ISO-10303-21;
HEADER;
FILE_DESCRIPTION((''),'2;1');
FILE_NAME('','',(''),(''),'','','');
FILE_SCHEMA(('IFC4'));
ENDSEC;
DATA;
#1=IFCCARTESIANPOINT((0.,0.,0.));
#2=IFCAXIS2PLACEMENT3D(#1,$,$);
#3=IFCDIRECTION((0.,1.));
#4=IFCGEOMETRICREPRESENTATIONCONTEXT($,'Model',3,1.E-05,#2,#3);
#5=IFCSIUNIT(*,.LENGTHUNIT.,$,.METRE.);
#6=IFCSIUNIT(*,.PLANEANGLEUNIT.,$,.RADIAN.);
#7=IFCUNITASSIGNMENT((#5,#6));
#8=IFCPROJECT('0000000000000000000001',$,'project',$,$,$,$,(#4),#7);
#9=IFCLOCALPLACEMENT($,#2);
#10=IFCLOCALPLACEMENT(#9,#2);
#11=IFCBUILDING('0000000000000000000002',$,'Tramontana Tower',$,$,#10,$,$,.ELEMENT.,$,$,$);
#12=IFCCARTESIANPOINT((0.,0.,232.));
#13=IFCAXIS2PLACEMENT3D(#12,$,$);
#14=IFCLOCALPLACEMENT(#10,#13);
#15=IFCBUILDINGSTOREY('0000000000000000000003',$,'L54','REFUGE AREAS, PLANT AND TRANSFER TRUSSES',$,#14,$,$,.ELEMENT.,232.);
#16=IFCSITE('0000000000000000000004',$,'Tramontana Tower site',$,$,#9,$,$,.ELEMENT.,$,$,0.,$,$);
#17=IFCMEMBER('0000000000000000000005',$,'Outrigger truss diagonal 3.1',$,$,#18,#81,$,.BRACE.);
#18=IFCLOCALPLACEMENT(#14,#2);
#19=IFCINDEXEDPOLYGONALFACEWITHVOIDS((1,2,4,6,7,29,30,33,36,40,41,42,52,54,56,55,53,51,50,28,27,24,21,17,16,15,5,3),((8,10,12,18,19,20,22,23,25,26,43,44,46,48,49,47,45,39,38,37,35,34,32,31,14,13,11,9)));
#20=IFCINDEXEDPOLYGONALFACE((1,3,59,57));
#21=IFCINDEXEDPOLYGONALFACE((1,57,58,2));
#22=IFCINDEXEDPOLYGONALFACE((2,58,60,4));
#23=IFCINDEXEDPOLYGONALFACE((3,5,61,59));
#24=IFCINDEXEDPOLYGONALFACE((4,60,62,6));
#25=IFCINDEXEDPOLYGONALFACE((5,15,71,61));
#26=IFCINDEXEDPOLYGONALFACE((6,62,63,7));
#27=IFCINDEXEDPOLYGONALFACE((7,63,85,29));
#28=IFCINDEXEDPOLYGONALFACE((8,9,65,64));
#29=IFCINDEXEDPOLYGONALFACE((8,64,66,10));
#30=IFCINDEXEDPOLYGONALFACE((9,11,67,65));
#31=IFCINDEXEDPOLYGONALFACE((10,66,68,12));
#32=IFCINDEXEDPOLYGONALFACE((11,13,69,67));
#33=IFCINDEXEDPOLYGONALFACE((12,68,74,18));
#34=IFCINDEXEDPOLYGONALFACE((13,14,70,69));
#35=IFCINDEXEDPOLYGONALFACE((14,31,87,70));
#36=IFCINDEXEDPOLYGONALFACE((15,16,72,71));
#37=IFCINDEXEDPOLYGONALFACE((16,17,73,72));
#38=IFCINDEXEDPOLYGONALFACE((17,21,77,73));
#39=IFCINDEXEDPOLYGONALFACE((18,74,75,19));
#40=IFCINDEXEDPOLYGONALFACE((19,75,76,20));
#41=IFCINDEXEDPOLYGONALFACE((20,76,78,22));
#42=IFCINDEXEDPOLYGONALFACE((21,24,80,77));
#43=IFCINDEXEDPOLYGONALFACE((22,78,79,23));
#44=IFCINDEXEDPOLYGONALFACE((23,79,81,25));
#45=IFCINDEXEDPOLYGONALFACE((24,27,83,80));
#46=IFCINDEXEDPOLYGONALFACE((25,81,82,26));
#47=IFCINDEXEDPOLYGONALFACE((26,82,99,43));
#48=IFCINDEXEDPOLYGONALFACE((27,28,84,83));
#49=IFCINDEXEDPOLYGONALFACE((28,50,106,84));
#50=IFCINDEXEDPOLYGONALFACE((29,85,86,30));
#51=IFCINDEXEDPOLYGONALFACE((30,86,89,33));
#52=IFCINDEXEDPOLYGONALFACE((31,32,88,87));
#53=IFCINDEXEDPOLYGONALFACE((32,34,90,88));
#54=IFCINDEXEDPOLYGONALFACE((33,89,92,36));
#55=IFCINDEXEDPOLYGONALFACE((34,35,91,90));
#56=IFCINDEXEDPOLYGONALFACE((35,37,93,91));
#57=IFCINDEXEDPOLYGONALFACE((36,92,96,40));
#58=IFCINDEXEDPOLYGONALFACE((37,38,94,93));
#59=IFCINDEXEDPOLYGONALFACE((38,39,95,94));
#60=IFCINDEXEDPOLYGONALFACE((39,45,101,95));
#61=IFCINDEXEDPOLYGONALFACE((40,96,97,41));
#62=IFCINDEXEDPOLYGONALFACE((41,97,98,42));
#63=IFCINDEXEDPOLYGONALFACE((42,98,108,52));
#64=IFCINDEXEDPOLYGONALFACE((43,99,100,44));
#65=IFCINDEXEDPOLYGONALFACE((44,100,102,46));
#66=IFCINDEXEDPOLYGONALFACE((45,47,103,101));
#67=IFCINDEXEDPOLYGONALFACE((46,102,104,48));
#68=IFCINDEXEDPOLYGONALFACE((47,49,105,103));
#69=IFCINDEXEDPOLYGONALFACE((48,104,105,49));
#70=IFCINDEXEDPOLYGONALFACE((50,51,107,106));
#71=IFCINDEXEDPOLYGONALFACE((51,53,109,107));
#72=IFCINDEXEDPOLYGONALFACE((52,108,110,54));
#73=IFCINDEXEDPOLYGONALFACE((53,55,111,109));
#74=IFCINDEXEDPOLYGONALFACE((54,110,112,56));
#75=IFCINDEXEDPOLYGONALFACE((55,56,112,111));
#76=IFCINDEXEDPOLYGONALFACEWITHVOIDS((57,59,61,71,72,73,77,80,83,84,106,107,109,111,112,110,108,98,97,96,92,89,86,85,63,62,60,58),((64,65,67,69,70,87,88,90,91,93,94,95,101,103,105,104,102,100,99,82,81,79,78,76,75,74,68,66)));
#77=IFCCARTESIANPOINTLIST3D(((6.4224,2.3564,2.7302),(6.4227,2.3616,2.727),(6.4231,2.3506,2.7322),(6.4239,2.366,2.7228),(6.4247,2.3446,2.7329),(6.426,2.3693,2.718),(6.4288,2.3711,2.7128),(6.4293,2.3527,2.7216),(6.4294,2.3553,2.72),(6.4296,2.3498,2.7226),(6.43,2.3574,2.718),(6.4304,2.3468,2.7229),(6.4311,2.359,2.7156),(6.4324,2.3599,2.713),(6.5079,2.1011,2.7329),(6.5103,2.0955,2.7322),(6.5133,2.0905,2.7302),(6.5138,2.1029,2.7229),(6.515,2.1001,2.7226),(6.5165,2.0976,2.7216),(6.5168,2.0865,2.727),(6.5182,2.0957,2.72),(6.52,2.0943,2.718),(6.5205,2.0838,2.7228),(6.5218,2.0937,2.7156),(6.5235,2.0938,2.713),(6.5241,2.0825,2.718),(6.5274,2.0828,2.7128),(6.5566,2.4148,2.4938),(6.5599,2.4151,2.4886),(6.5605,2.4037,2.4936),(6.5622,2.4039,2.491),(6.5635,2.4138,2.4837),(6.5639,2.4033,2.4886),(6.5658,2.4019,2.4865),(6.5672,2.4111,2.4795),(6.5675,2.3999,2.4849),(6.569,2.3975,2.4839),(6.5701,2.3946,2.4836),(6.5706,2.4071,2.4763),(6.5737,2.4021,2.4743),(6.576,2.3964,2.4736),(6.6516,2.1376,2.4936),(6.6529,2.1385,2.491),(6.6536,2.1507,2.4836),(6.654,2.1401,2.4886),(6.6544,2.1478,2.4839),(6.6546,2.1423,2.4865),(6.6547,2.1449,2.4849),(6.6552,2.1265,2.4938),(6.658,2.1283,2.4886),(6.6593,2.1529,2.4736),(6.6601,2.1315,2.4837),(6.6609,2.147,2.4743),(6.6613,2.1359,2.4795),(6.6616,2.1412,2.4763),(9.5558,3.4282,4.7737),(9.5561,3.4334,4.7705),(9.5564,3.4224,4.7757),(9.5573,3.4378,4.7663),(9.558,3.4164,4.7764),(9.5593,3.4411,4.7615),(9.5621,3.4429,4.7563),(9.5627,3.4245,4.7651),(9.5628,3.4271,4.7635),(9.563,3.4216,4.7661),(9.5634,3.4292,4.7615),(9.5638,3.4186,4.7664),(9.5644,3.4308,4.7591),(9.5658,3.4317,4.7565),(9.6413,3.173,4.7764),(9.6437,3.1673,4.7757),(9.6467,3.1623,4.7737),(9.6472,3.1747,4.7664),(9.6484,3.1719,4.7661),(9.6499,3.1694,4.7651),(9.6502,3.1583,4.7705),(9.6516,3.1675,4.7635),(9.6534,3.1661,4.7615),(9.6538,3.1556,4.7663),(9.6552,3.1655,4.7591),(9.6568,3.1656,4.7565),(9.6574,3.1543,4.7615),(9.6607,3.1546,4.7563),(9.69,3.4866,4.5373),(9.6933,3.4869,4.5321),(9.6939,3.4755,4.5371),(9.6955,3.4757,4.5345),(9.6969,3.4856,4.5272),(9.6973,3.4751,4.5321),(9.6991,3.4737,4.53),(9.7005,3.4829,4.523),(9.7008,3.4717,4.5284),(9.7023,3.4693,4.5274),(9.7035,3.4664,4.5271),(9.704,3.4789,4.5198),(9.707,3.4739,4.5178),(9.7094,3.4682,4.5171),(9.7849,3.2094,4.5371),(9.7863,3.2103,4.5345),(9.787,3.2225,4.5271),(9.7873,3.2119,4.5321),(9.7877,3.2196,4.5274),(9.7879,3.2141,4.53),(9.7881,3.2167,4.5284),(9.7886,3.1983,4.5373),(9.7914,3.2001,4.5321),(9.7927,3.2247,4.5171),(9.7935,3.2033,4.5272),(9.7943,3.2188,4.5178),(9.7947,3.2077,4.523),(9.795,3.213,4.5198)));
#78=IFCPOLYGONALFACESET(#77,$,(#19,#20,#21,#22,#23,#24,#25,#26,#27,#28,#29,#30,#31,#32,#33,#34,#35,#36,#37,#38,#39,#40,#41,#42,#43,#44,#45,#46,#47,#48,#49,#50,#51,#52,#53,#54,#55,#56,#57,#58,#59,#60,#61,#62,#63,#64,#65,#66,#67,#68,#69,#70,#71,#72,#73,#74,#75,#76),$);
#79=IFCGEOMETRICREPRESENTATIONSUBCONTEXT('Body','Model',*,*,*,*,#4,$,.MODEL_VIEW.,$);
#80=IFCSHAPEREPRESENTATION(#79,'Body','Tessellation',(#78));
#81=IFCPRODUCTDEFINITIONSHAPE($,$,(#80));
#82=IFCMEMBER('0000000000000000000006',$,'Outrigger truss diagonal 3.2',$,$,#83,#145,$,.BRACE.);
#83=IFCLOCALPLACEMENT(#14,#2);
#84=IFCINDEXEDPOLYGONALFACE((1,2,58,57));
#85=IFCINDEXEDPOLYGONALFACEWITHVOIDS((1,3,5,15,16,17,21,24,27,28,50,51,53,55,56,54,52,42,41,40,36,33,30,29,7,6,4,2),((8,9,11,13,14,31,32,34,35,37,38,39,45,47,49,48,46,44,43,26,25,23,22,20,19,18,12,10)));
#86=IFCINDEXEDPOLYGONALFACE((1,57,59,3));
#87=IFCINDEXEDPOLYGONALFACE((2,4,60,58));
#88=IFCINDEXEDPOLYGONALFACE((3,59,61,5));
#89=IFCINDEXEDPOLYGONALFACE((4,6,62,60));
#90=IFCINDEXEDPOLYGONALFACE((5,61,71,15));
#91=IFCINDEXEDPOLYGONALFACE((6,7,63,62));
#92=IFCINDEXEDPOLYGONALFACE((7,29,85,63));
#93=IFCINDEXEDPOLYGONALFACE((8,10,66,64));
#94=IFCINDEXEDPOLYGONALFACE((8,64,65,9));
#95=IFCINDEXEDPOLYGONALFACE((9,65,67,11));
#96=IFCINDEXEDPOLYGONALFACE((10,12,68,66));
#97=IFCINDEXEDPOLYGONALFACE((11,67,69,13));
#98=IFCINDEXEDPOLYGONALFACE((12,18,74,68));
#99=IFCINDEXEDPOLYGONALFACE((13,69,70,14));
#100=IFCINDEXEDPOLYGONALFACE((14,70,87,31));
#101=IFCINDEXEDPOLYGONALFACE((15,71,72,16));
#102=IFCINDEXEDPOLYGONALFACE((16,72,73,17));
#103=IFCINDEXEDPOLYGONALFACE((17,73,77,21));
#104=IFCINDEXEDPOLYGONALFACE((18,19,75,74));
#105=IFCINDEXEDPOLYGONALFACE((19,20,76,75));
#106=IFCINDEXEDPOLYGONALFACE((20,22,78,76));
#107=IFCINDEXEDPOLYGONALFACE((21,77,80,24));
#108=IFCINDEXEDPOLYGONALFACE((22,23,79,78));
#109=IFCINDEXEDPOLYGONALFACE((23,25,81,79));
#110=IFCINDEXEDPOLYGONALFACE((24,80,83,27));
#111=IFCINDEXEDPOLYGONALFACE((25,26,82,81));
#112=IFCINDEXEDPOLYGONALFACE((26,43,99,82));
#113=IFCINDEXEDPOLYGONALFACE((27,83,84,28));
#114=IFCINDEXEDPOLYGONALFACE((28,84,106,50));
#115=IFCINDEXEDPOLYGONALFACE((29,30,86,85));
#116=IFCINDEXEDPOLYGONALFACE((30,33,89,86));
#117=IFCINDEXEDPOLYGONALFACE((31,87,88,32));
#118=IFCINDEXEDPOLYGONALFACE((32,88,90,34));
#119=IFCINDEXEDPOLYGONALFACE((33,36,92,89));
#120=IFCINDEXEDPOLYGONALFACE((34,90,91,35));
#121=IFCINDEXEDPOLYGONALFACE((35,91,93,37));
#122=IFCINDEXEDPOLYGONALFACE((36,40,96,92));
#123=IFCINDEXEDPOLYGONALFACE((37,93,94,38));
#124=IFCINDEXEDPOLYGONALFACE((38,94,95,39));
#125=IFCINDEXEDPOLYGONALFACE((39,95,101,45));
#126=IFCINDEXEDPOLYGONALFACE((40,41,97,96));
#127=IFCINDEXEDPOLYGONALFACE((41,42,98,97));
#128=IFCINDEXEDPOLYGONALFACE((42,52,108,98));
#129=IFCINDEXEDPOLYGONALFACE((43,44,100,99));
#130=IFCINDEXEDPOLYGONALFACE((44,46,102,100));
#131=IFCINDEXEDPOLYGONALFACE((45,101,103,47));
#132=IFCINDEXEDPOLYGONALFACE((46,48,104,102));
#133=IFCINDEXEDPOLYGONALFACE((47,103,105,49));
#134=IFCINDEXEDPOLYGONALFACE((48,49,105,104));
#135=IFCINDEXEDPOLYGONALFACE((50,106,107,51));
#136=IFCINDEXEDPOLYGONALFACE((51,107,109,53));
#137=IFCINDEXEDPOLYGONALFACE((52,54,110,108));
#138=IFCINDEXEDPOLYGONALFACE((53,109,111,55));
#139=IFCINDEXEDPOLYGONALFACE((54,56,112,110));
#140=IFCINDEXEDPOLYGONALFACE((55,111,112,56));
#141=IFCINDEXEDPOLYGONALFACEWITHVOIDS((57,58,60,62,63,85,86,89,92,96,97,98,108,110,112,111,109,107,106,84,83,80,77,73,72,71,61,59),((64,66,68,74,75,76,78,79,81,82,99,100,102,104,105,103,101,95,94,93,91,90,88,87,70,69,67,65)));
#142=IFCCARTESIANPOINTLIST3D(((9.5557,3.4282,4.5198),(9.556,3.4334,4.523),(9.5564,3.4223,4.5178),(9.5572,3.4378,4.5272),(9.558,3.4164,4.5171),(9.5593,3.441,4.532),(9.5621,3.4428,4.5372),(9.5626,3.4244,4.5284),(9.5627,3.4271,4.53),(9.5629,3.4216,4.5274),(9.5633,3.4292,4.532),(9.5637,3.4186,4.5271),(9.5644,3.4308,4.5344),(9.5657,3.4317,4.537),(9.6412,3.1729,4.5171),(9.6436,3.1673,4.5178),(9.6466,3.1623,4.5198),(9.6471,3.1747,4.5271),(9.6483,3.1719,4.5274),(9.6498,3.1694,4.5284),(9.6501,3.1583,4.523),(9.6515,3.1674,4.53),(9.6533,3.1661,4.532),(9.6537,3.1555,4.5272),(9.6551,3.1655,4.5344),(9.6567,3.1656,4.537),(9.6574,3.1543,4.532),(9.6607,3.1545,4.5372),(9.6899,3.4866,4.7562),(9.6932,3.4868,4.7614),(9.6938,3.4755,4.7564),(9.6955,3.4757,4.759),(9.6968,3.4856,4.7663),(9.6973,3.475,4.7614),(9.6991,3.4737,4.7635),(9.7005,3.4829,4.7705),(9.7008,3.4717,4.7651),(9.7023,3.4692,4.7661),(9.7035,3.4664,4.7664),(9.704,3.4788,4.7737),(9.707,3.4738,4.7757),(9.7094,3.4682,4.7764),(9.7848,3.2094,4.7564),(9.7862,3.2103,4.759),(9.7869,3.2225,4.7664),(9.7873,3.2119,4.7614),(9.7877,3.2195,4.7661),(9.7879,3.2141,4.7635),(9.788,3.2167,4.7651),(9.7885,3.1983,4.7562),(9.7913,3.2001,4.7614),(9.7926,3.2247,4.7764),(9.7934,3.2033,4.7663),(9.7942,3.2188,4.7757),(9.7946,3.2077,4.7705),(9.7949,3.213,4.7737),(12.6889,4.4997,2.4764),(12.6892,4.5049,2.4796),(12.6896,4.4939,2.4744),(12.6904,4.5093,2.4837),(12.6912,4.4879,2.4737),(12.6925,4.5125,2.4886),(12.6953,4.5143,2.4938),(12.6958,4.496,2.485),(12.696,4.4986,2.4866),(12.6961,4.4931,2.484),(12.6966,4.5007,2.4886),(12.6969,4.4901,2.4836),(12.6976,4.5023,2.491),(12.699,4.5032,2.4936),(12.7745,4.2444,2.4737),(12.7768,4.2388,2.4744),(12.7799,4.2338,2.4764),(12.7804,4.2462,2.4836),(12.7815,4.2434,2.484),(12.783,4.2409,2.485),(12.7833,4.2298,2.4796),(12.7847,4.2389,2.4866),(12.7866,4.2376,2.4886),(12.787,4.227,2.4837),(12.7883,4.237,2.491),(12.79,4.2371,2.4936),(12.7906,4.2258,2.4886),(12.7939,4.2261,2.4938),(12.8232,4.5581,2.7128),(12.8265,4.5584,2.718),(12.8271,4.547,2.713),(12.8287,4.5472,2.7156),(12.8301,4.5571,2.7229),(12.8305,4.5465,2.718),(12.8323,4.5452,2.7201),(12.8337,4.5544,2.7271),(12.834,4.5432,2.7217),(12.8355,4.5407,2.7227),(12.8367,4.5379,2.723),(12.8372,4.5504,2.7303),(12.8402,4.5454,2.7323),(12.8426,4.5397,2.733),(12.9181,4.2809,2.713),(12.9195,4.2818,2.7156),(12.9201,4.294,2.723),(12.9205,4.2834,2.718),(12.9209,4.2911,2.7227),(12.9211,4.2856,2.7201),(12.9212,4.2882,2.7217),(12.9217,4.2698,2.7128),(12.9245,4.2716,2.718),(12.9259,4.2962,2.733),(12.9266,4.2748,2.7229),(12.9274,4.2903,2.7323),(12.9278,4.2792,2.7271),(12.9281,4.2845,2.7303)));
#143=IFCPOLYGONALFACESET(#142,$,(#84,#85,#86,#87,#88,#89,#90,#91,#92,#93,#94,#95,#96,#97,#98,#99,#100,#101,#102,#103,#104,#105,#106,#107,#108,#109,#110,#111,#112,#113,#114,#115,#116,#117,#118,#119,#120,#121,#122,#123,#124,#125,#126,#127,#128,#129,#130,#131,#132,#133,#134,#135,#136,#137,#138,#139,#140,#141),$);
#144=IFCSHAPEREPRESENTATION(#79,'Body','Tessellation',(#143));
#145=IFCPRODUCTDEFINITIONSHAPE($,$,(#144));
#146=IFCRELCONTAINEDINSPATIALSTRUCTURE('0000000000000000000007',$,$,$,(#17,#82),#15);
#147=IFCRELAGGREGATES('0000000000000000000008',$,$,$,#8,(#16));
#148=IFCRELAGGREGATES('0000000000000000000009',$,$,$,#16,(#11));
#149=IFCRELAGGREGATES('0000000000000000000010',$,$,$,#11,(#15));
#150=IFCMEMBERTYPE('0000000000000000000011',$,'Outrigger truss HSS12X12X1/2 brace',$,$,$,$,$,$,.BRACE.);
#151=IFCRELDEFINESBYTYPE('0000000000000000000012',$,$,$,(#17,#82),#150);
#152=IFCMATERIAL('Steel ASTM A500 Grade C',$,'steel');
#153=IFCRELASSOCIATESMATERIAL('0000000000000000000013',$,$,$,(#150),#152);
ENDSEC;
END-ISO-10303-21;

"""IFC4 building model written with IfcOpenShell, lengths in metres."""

from ifc_helpers import new_model, si_unit, direction, frame, origin, origin_2d, place, context, subcontext, project, spatial, hollow_rectangle, extrude, material, material_profile, profile_set, type_object, element, save


model = new_model("IFC4")

# Units and contexts
model_context = context("Model", 3, precision=1e-05, world=origin(), true_north=direction((0.0, 1.0)))
body_context = subcontext(model_context, "Body", "Model", "MODEL_VIEW")
ifc_project = project(units=[si_unit("LENGTHUNIT", "METRE"), si_unit("PLANEANGLEUNIT", "RADIAN")], contexts=[model_context])

# Site, building, storey
site_placement = place(None, origin())
site = spatial("IfcSite", under=ifc_project, at=site_placement, Name="Tramontana Tower site", CompositionType="ELEMENT", RefElevation=0.0)
building_placement = place(site_placement, origin())
building = spatial("IfcBuilding", under=site, at=building_placement, Name="Tramontana Tower", CompositionType="ELEMENT")
storey_placement = place(building_placement, frame((0.0, 0.0, 232.0)))
storey = spatial("IfcBuildingStorey", under=building, at=storey_placement, Name="L54", Description="REFUGE AREAS, PLANT AND TRANSFER TRUSSES", CompositionType="ELEMENT", Elevation=232.0)

# Members
ifc_material_1 = material(Name="Steel ASTM A500 Grade C", Category="steel")
ifc_material_profile_1 = material_profile(ifc_material_1, hollow_rectangle(XDim=0.3047, YDim=0.3047, WallThickness=0.0117, InnerFilletRadius=0.0117, OuterFilletRadius=0.0237, at=origin_2d()), Name="HSS12X12X1/2")
ifc_profile_set_1 = profile_set([ifc_material_profile_1], Name="Steel ASTM A500 Grade C")
member_type_1 = type_object("IfcMemberType", Name="Outrigger truss HSS12X12X1/2 brace", PredefinedType="BRACE", material=ifc_profile_set_1)
member_1_placement = place(storey_placement, frame((6.542, 2.2488, 2.6033), z_axis=(0.805212, 0.275431, 0.525139), x_axis=(-0.323649, 0.946177, 0.0)))
element("IfcMember", 1, at=member_1_placement, inside=storey, type_object=member_type_1, Name="Outrigger truss diagonal 3.1", PredefinedType="BRACE", context=body_context, shape_type="SweptSolid", body=[
    extrude(hollow_rectangle(XDim=0.3047, YDim=0.3047, WallThickness=0.0117, InnerFilletRadius=0.0117, OuterFilletRadius=0.0237, at=origin_2d()), origin(), (0.0, 0.0, 1.0), 3.8914),
])
member_2_placement = place(storey_placement, frame((9.6753, 3.3206, 4.6467), z_axis=(0.805226, 0.275373, -0.525148), x_axis=(-0.323583, 0.9462, 0.0)))
element("IfcMember", 2, at=member_2_placement, inside=storey, type_object=member_type_1, Name="Outrigger truss diagonal 3.2", PredefinedType="BRACE", context=body_context, shape_type="SweptSolid", body=[
    extrude(hollow_rectangle(XDim=0.3047, YDim=0.3047, WallThickness=0.0117, InnerFilletRadius=0.0117, OuterFilletRadius=0.0237, at=origin_2d()), origin(), (0.0, 0.0, 1.0), 3.8911),
])

save(model, "model.ifc")
